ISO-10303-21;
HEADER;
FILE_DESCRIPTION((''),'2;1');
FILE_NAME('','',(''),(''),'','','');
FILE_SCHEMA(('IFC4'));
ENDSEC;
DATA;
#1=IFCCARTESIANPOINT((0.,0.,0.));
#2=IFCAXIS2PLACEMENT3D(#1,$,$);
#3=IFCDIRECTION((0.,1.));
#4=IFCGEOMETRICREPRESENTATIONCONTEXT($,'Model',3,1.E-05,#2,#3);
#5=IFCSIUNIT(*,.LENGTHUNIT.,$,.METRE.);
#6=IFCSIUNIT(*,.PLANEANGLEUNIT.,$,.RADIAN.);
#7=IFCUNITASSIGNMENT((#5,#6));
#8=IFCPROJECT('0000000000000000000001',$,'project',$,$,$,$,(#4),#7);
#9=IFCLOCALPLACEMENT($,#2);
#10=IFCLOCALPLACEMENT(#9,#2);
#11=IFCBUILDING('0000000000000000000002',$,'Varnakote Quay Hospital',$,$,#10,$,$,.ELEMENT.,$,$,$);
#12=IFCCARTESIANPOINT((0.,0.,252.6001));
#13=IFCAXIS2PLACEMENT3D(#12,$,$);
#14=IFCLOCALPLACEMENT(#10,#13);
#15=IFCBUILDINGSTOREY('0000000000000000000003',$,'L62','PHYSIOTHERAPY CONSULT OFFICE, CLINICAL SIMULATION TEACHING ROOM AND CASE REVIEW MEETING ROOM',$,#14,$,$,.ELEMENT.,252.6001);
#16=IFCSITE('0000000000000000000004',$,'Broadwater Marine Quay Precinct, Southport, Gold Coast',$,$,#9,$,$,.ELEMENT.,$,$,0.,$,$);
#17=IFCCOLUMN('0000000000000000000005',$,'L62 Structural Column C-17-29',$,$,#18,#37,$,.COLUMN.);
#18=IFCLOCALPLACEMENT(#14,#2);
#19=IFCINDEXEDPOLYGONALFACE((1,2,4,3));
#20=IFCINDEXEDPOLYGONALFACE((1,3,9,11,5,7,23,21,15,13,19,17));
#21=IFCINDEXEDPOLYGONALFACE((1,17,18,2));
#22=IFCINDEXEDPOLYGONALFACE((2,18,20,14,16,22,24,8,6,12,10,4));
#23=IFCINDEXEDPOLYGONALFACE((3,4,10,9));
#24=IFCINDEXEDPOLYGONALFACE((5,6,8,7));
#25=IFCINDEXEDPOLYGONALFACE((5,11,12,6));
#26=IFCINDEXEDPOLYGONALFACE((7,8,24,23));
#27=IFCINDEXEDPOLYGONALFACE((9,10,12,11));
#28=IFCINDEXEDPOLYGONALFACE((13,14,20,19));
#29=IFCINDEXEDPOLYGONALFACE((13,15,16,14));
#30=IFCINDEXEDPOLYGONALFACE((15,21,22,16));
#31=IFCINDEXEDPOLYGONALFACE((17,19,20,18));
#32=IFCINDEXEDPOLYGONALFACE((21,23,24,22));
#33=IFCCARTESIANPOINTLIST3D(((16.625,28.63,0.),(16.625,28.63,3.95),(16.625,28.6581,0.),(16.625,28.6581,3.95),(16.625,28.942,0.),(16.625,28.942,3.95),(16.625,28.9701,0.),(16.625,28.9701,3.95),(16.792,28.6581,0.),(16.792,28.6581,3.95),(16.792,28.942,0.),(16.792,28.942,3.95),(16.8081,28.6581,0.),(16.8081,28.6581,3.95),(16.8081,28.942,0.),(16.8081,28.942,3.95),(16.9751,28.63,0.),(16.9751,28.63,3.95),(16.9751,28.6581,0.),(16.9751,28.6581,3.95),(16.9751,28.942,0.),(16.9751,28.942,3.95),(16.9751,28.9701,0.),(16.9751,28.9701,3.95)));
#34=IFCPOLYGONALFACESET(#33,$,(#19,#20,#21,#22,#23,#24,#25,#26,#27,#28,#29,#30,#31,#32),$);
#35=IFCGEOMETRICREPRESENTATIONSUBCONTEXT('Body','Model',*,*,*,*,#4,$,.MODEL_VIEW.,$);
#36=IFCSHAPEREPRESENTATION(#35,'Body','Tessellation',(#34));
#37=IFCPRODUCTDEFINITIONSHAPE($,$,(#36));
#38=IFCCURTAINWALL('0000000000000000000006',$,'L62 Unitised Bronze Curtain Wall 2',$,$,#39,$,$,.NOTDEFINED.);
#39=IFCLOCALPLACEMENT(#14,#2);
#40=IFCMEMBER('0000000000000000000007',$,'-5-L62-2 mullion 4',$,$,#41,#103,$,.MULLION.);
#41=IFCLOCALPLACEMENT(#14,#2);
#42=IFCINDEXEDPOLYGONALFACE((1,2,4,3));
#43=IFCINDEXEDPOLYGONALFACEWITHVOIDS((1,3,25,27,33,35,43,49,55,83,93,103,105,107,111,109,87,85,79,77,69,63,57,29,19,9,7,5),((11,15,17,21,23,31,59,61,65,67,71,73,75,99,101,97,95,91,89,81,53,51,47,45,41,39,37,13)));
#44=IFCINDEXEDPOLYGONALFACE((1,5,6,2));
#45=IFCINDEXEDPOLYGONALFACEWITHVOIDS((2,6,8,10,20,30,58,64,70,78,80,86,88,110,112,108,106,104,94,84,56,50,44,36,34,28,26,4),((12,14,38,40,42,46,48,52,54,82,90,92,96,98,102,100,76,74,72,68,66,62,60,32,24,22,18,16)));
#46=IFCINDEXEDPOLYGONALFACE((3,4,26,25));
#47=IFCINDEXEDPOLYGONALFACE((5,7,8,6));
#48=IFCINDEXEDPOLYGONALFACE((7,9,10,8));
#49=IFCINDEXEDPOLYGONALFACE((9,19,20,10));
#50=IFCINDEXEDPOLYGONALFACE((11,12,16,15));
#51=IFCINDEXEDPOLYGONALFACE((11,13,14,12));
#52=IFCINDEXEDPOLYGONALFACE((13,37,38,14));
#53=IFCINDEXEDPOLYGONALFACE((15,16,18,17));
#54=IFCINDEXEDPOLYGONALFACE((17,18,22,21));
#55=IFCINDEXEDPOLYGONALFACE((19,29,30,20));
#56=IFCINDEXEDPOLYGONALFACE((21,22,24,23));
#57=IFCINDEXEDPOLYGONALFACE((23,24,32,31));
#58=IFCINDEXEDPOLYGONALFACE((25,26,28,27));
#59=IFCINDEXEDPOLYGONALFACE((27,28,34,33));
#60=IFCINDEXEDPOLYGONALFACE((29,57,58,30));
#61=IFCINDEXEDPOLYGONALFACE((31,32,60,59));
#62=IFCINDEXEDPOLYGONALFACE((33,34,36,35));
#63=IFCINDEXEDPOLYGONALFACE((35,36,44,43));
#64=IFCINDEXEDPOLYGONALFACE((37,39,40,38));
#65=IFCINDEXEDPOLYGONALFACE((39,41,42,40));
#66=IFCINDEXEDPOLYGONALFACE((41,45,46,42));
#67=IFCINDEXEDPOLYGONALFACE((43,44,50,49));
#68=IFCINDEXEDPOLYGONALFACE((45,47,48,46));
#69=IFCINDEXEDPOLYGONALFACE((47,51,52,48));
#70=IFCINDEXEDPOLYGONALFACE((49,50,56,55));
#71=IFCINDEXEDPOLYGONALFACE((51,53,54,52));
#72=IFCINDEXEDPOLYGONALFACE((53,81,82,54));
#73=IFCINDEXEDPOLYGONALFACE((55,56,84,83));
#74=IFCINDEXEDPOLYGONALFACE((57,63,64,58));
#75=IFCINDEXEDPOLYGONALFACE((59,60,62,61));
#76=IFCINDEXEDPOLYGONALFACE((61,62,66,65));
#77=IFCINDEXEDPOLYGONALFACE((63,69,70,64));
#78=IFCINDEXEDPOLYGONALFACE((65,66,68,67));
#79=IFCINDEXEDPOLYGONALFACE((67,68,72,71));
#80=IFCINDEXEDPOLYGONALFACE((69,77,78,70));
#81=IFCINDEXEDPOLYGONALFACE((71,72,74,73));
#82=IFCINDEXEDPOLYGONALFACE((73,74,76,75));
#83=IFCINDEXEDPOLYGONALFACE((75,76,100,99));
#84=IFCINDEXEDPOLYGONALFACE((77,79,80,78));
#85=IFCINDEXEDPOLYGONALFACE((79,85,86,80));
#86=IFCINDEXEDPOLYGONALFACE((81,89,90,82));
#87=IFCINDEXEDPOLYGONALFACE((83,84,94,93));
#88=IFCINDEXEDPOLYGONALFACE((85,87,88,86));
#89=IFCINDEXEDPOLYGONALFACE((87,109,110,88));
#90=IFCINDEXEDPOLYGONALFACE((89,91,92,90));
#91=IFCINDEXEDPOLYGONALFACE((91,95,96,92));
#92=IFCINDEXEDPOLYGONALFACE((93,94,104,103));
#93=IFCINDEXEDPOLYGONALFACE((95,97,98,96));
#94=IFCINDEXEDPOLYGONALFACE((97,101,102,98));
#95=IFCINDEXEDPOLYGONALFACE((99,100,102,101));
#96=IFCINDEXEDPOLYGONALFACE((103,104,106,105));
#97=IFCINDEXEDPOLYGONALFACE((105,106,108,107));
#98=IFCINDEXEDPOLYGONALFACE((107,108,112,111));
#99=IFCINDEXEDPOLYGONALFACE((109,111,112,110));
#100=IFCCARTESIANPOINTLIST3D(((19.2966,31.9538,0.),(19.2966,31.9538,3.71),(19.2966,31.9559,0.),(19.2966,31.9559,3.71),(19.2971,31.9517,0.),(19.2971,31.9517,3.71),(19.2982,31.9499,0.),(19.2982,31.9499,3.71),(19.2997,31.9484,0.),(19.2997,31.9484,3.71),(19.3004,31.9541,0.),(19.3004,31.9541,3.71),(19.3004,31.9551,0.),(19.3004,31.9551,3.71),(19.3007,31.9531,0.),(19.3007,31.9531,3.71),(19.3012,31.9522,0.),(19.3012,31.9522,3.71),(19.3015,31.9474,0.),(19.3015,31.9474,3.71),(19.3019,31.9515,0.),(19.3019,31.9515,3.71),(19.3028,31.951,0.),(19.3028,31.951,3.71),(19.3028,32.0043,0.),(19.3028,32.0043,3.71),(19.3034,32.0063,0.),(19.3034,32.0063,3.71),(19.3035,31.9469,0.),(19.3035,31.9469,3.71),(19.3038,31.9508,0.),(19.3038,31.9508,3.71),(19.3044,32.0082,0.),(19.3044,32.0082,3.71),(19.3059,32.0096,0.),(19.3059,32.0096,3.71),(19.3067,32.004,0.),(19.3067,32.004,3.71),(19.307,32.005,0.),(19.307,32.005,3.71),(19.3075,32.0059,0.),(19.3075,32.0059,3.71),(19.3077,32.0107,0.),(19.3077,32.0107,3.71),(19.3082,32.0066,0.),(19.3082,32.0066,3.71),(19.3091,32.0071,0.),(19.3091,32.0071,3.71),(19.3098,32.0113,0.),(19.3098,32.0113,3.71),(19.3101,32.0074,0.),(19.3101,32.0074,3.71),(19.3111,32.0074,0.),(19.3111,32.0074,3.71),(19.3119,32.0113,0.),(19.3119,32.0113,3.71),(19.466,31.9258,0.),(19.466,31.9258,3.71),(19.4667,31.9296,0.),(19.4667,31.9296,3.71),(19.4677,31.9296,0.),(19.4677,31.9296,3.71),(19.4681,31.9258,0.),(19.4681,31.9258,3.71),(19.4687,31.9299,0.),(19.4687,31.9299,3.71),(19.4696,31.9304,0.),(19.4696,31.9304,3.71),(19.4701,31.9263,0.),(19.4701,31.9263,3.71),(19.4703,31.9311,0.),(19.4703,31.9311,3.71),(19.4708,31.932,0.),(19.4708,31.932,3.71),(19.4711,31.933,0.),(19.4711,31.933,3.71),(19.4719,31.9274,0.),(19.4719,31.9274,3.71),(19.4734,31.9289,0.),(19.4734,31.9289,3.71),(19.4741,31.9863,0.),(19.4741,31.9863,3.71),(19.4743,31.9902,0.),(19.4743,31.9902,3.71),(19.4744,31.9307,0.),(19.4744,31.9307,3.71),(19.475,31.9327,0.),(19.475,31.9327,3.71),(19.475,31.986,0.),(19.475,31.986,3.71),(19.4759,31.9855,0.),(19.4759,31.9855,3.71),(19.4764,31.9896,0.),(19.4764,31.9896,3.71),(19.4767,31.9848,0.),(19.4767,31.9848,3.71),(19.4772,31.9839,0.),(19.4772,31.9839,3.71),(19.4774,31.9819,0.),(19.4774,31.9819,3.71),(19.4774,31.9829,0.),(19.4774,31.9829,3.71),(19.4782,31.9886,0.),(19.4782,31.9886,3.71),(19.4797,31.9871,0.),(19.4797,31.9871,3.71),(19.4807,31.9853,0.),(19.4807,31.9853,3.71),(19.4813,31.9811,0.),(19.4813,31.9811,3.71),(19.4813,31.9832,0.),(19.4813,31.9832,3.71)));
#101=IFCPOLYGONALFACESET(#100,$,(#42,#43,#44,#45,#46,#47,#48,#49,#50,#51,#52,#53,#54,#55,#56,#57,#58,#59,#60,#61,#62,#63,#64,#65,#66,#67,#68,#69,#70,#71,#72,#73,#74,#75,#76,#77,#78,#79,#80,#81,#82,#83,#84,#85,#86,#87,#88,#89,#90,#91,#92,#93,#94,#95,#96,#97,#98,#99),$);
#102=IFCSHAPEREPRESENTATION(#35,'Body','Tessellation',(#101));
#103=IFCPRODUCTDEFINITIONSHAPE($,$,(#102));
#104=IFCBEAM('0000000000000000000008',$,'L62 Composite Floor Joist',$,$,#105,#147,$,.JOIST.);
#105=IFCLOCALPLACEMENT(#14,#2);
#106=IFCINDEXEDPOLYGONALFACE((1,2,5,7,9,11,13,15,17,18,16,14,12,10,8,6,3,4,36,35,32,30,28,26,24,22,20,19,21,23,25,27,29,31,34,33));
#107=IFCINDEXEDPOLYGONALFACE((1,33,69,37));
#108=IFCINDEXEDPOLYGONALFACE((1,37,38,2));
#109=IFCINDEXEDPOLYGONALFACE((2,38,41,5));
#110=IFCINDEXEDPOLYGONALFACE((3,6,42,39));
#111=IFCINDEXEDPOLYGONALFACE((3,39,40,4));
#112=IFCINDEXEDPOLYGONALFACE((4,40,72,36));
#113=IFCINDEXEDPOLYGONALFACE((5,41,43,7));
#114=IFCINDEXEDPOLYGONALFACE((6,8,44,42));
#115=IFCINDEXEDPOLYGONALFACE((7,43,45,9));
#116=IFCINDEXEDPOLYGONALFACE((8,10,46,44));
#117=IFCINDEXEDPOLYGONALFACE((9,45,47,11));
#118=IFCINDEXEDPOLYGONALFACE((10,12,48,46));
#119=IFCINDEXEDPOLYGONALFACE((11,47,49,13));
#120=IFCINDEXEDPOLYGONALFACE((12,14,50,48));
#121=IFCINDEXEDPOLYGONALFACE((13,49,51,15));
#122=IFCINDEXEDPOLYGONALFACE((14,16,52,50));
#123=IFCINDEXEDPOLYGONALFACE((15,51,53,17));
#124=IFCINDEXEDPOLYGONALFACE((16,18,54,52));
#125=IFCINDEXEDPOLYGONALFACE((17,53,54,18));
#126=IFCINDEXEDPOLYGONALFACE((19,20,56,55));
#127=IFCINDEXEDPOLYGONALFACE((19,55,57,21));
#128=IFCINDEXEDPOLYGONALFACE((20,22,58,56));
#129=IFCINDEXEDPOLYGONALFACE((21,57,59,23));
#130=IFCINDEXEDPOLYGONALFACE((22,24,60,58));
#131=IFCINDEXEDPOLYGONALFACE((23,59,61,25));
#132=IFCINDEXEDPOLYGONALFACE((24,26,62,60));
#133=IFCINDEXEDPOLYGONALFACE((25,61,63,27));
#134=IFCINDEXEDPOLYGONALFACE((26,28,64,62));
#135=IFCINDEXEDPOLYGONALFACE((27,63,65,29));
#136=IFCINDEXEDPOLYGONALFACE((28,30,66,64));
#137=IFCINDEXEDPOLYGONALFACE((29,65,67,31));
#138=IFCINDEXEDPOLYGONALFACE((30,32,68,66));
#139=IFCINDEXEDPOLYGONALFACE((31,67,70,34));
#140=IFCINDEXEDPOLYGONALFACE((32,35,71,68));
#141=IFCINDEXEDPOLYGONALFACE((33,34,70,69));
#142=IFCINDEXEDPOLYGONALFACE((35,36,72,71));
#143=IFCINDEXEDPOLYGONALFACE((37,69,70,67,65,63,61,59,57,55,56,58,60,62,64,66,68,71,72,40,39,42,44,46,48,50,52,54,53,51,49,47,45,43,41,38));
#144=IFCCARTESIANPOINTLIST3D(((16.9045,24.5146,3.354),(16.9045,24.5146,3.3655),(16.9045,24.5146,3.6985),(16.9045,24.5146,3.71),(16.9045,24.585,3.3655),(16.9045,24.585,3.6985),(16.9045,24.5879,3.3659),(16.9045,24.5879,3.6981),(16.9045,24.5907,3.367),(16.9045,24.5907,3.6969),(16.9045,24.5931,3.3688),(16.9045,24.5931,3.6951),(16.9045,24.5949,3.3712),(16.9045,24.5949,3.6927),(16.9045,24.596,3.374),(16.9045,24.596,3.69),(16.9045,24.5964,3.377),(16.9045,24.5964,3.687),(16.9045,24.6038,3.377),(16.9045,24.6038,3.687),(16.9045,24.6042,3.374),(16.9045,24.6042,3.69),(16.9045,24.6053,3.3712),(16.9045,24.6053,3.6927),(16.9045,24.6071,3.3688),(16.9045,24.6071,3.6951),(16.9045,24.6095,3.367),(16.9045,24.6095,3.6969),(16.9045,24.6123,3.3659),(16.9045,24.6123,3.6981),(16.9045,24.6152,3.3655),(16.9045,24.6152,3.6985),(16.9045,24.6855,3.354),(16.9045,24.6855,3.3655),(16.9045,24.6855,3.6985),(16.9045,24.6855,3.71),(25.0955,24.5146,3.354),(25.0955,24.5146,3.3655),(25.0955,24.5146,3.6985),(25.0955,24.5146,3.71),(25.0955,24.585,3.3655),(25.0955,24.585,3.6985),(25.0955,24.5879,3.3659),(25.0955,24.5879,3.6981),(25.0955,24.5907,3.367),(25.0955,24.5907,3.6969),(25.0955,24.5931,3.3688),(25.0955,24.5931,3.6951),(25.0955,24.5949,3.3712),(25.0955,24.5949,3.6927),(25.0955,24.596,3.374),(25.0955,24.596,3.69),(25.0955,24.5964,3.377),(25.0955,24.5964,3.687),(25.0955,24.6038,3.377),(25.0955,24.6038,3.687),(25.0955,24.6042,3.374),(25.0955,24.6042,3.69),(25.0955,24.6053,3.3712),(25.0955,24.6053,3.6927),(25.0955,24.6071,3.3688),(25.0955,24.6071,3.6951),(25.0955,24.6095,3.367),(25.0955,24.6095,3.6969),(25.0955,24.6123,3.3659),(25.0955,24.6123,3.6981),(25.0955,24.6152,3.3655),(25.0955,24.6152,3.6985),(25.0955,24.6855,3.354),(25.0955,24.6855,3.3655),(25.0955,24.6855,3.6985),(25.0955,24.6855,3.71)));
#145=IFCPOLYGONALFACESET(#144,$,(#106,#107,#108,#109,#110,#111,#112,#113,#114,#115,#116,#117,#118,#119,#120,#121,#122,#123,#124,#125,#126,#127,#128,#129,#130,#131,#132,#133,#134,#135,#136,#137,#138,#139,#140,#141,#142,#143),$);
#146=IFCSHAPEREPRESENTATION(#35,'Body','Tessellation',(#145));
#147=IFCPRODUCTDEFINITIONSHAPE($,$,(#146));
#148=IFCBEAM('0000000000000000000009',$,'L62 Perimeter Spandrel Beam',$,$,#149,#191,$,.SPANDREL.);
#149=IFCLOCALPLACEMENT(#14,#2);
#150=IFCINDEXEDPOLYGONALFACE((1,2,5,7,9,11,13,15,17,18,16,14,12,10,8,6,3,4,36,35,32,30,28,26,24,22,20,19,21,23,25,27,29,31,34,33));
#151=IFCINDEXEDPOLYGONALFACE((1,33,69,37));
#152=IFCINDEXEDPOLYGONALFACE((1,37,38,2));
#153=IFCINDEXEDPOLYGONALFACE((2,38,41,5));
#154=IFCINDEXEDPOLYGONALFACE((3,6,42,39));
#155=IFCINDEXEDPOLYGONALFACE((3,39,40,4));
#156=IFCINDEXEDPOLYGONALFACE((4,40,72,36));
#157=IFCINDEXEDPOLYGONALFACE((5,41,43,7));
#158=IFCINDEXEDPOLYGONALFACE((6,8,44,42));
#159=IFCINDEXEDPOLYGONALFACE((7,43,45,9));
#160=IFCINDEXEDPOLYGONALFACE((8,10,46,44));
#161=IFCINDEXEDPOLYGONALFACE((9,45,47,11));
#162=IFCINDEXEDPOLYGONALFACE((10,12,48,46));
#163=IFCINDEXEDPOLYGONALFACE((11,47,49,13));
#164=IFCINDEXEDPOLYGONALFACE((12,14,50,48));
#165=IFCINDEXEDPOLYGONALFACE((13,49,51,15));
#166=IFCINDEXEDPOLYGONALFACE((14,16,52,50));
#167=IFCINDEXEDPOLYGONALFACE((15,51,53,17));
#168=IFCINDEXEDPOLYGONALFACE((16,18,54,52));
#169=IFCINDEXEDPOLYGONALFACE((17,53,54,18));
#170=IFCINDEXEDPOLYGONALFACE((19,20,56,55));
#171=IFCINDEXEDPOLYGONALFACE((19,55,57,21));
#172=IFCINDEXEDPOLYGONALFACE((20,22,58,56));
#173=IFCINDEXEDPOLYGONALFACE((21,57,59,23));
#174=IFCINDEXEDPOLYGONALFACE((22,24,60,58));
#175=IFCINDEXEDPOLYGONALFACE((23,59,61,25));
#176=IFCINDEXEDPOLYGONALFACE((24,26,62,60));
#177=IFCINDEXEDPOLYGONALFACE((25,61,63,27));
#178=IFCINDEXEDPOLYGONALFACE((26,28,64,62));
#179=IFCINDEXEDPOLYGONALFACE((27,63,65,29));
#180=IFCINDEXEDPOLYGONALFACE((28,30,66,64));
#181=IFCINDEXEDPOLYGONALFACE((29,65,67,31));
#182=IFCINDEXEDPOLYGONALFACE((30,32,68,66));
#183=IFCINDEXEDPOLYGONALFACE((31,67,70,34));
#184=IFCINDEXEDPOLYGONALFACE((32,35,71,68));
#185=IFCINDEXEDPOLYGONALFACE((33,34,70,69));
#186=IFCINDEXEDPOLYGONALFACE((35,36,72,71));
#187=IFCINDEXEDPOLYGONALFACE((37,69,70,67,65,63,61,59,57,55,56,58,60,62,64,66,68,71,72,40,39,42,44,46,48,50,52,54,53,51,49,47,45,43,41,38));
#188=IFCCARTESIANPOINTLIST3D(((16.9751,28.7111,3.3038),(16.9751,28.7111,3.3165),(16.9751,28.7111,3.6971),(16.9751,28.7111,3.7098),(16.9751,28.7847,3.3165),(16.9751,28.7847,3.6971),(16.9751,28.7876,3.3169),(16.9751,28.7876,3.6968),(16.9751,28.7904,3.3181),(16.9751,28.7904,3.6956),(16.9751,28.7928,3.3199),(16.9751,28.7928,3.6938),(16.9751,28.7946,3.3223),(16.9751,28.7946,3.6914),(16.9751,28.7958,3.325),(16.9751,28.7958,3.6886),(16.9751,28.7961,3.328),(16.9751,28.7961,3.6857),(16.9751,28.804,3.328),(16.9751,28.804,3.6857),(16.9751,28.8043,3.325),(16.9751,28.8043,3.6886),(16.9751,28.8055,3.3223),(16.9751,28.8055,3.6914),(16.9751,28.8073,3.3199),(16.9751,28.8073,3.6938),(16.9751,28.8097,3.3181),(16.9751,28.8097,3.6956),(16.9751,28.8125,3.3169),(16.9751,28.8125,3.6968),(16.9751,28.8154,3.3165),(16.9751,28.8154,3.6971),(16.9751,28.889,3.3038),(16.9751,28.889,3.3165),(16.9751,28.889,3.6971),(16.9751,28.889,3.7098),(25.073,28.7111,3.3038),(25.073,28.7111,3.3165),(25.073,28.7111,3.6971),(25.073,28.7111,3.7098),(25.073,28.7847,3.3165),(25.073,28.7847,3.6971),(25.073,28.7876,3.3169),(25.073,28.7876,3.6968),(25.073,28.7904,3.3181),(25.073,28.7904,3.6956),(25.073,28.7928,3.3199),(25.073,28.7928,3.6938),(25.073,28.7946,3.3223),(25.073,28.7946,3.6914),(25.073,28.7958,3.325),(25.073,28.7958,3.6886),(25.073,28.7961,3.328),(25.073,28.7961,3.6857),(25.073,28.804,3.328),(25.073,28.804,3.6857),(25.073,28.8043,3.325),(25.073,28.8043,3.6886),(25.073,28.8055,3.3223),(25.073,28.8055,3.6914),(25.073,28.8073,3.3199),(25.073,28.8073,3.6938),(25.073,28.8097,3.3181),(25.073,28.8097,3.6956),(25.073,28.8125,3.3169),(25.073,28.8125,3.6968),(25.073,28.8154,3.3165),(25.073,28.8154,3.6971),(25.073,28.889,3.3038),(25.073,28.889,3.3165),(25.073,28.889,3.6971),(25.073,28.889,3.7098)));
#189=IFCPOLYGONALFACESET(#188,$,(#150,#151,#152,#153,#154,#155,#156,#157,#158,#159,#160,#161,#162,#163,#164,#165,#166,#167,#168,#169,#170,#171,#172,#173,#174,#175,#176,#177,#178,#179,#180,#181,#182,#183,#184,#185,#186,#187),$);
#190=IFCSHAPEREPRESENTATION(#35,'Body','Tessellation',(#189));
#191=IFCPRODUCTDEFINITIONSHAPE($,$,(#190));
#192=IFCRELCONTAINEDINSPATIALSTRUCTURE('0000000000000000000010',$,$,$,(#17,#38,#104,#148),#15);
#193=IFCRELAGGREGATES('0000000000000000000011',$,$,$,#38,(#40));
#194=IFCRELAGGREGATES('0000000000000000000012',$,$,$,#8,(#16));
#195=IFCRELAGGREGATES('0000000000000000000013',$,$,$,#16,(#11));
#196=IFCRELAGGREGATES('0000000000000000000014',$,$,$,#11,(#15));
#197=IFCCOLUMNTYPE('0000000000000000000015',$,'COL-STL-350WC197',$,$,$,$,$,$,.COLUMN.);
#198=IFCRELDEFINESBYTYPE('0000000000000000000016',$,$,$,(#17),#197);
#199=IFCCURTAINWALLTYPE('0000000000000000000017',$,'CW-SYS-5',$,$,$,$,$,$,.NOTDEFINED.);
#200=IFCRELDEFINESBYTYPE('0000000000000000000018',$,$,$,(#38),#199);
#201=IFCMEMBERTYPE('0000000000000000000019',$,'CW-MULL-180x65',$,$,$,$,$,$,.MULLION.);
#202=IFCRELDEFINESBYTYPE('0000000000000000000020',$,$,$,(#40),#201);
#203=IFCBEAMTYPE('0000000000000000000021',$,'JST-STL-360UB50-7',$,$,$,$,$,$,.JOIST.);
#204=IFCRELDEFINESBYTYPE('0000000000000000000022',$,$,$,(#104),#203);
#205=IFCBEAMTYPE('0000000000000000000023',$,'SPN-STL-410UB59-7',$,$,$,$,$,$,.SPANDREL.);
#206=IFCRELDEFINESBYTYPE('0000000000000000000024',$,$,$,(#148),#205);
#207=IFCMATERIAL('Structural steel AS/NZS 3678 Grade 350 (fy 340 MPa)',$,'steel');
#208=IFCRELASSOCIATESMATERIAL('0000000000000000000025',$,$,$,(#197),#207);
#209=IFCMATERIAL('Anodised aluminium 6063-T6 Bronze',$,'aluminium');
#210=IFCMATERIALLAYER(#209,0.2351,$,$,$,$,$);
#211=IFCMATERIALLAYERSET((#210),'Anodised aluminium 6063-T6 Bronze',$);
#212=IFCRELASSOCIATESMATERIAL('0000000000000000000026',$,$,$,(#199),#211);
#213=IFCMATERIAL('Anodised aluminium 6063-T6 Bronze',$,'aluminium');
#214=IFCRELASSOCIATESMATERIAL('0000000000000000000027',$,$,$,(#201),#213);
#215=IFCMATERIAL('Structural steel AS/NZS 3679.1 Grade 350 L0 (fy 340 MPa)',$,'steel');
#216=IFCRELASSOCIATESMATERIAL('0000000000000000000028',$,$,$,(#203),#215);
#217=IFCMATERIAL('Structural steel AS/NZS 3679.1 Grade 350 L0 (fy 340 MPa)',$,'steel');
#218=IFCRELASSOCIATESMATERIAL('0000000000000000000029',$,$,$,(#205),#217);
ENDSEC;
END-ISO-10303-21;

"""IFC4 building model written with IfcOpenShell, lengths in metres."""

from ifc_helpers import new_model, si_unit, direction, frame, origin, origin_2d, place, context, subcontext, project, spatial, hollow_rectangle, i_section, extrude, material, layer, layer_set, material_profile, profile_set, type_object, element, aggregate, save


model = new_model("IFC4")

# Units and contexts
model_context = context("Model", 3, precision=1e-05, world=origin(), true_north=direction((0.0, 1.0)))
body_context = subcontext(model_context, "Body", "Model", "MODEL_VIEW")
ifc_project = project(units=[si_unit("LENGTHUNIT", "METRE"), si_unit("PLANEANGLEUNIT", "RADIAN")], contexts=[model_context])

# Site, building, storey
site_placement = place(None, origin())
site = spatial("IfcSite", under=ifc_project, at=site_placement, Name="Broadwater Marine Quay Precinct, Southport, Gold Coast", CompositionType="ELEMENT", RefElevation=0.0)
building_placement = place(site_placement, origin())
building = spatial("IfcBuilding", under=site, at=building_placement, Name="Varnakote Quay Hospital", CompositionType="ELEMENT")
storey_placement = place(building_placement, frame((0.0, 0.0, 252.6001)))
storey = spatial("IfcBuildingStorey", under=building, at=storey_placement, Name="L62", Description="PHYSIOTHERAPY CONSULT OFFICE, CLINICAL SIMULATION TEACHING ROOM AND CASE REVIEW MEETING ROOM", CompositionType="ELEMENT", Elevation=252.6001)

# Column
ifc_material_1 = material(Name="Structural steel AS/NZS 3678 Grade 350 (fy 340 MPa)", Category="steel")
ifc_material_profile_1 = material_profile(ifc_material_1, i_section(OverallWidth=0.3501, OverallDepth=0.3401, WebThickness=0.0161, FlangeThickness=0.0281, at=origin_2d()), Name="350WC197")
ifc_profile_set_1 = profile_set([ifc_material_profile_1], Name="Structural steel AS/NZS 3678 Grade 350 (fy 340 MPa)")
column_type = type_object("IfcColumnType", Name="COL-STL-350WC197", PredefinedType="COLUMN", material=ifc_profile_set_1)
column_placement = place(storey_placement, frame((16.8, 28.8, 0.0), z_axis=(0.0, 0.0, 1.0), x_axis=(1.0, 0.0, 0.0)))
element("IfcColumn", 1, at=column_placement, inside=storey, type_object=column_type, Name="L62 Structural Column C-17-29", PredefinedType="COLUMN", context=body_context, shape_type="SweptSolid", body=[
    extrude(i_section(OverallWidth=0.3501, OverallDepth=0.3401, WebThickness=0.0161, FlangeThickness=0.0281, at=origin_2d()), origin(), (0.0, 0.0, 1.0), 3.95),
])

# Curtain wall, member
ifc_material_2 = material(Name="Anodised aluminium 6063-T6 Bronze", Category="aluminium")
ifc_layer_1 = layer(ifc_material_2, 0.2351)
ifc_layer_set_1 = layer_set([ifc_layer_1], Name="Anodised aluminium 6063-T6 Bronze")
curtain_wall_type = type_object("IfcCurtainWallType", Name="CW-SYS-5", PredefinedType="NOTDEFINED", material=ifc_layer_set_1)
curtain_wall_placement = place(storey_placement, origin())
curtain_wall = element("IfcCurtainWall", 2, at=curtain_wall_placement, inside=storey, type_object=curtain_wall_type, Name="L62 Unitised Bronze Curtain Wall 2", PredefinedType="NOTDEFINED")
ifc_material_3 = material(Name="Anodised aluminium 6063-T6 Bronze", Category="aluminium")
ifc_material_profile_2 = material_profile(ifc_material_3, hollow_rectangle(XDim=0.0649, YDim=0.1799, WallThickness=0.0039, InnerFilletRadius=0.0039, OuterFilletRadius=0.0081, at=origin_2d()), Name="CW-MULL-180x65")
ifc_profile_set_2 = profile_set([ifc_material_profile_2], Name="Anodised aluminium 6063-T6 Bronze")
member_type = type_object("IfcMemberType", Name="CW-MULL-180x65", PredefinedType="MULLION", material=ifc_profile_set_2)
member_placement = place(storey_placement, frame((19.3889, 31.9685, 0.0), z_axis=(0.0, 0.0, 1.0), x_axis=(-0.128787, -0.991672, 0.0)))
member = element("IfcMember", 3, at=member_placement, type_object=member_type, Name="-5-L62-2 mullion 4", PredefinedType="MULLION", context=body_context, shape_type="SweptSolid", body=[
    extrude(hollow_rectangle(XDim=0.0649, YDim=0.1799, WallThickness=0.0039, InnerFilletRadius=0.0039, OuterFilletRadius=0.0081, at=origin_2d()), origin(), (0.0, 0.0, 1.0), 3.71),
])

# Beams
ifc_material_4 = material(Name="Structural steel AS/NZS 3679.1 Grade 350 L0 (fy 340 MPa)", Category="steel")
ifc_material_profile_3 = material_profile(ifc_material_4, i_section(OverallWidth=0.1709, OverallDepth=0.356, WebThickness=0.0073, FlangeThickness=0.0115, FilletRadius=0.0115, at=origin_2d()), Name="360UB50.7")
ifc_profile_set_3 = profile_set([ifc_material_profile_3], Name="Structural steel AS/NZS 3679.1 Grade 350 L0 (fy 340 MPa)")
beam_type_1 = type_object("IfcBeamType", Name="JST-STL-360UB50-7", PredefinedType="JOIST", material=ifc_profile_set_3)
beam_1_placement = place(storey_placement, frame((16.9045, 24.6001, 3.532), z_axis=(1.0, 0.0, 0.0), x_axis=(0.0, 1.0, 0.0)))
element("IfcBeam", 4, at=beam_1_placement, inside=storey, type_object=beam_type_1, Name="L62 Composite Floor Joist", PredefinedType="JOIST", context=body_context, shape_type="SweptSolid", body=[
    extrude(i_section(OverallWidth=0.1709, OverallDepth=0.356, WebThickness=0.0073, FlangeThickness=0.0115, FilletRadius=0.0115, at=origin_2d()), origin(), (0.0, 0.0, 1.0), 8.1909),
])
ifc_material_5 = material(Name="Structural steel AS/NZS 3679.1 Grade 350 L0 (fy 340 MPa)", Category="steel")
ifc_material_profile_4 = material_profile(ifc_material_5, i_section(OverallWidth=0.178, OverallDepth=0.406, WebThickness=0.0078, FlangeThickness=0.0127, FilletRadius=0.0115, at=origin_2d()), Name="410UB59.7")
ifc_profile_set_4 = profile_set([ifc_material_profile_4], Name="Structural steel AS/NZS 3679.1 Grade 350 L0 (fy 340 MPa)")
beam_type_2 = type_object("IfcBeamType", Name="SPN-STL-410UB59-7", PredefinedType="SPANDREL", material=ifc_profile_set_4)
beam_2_placement = place(storey_placement, frame((16.9751, 28.8, 3.5068), z_axis=(1.0, 0.0, 0.0), x_axis=(0.0, 1.0, 0.0)))
element("IfcBeam", 5, at=beam_2_placement, inside=storey, type_object=beam_type_2, Name="L62 Perimeter Spandrel Beam", PredefinedType="SPANDREL", context=body_context, shape_type="SweptSolid", body=[
    extrude(i_section(OverallWidth=0.178, OverallDepth=0.406, WebThickness=0.0078, FlangeThickness=0.0127, FilletRadius=0.0115, at=origin_2d()), origin(), (0.0, 0.0, 1.0), 8.0979),
])

aggregate(curtain_wall, [member])

save(model, "model.ifc")
